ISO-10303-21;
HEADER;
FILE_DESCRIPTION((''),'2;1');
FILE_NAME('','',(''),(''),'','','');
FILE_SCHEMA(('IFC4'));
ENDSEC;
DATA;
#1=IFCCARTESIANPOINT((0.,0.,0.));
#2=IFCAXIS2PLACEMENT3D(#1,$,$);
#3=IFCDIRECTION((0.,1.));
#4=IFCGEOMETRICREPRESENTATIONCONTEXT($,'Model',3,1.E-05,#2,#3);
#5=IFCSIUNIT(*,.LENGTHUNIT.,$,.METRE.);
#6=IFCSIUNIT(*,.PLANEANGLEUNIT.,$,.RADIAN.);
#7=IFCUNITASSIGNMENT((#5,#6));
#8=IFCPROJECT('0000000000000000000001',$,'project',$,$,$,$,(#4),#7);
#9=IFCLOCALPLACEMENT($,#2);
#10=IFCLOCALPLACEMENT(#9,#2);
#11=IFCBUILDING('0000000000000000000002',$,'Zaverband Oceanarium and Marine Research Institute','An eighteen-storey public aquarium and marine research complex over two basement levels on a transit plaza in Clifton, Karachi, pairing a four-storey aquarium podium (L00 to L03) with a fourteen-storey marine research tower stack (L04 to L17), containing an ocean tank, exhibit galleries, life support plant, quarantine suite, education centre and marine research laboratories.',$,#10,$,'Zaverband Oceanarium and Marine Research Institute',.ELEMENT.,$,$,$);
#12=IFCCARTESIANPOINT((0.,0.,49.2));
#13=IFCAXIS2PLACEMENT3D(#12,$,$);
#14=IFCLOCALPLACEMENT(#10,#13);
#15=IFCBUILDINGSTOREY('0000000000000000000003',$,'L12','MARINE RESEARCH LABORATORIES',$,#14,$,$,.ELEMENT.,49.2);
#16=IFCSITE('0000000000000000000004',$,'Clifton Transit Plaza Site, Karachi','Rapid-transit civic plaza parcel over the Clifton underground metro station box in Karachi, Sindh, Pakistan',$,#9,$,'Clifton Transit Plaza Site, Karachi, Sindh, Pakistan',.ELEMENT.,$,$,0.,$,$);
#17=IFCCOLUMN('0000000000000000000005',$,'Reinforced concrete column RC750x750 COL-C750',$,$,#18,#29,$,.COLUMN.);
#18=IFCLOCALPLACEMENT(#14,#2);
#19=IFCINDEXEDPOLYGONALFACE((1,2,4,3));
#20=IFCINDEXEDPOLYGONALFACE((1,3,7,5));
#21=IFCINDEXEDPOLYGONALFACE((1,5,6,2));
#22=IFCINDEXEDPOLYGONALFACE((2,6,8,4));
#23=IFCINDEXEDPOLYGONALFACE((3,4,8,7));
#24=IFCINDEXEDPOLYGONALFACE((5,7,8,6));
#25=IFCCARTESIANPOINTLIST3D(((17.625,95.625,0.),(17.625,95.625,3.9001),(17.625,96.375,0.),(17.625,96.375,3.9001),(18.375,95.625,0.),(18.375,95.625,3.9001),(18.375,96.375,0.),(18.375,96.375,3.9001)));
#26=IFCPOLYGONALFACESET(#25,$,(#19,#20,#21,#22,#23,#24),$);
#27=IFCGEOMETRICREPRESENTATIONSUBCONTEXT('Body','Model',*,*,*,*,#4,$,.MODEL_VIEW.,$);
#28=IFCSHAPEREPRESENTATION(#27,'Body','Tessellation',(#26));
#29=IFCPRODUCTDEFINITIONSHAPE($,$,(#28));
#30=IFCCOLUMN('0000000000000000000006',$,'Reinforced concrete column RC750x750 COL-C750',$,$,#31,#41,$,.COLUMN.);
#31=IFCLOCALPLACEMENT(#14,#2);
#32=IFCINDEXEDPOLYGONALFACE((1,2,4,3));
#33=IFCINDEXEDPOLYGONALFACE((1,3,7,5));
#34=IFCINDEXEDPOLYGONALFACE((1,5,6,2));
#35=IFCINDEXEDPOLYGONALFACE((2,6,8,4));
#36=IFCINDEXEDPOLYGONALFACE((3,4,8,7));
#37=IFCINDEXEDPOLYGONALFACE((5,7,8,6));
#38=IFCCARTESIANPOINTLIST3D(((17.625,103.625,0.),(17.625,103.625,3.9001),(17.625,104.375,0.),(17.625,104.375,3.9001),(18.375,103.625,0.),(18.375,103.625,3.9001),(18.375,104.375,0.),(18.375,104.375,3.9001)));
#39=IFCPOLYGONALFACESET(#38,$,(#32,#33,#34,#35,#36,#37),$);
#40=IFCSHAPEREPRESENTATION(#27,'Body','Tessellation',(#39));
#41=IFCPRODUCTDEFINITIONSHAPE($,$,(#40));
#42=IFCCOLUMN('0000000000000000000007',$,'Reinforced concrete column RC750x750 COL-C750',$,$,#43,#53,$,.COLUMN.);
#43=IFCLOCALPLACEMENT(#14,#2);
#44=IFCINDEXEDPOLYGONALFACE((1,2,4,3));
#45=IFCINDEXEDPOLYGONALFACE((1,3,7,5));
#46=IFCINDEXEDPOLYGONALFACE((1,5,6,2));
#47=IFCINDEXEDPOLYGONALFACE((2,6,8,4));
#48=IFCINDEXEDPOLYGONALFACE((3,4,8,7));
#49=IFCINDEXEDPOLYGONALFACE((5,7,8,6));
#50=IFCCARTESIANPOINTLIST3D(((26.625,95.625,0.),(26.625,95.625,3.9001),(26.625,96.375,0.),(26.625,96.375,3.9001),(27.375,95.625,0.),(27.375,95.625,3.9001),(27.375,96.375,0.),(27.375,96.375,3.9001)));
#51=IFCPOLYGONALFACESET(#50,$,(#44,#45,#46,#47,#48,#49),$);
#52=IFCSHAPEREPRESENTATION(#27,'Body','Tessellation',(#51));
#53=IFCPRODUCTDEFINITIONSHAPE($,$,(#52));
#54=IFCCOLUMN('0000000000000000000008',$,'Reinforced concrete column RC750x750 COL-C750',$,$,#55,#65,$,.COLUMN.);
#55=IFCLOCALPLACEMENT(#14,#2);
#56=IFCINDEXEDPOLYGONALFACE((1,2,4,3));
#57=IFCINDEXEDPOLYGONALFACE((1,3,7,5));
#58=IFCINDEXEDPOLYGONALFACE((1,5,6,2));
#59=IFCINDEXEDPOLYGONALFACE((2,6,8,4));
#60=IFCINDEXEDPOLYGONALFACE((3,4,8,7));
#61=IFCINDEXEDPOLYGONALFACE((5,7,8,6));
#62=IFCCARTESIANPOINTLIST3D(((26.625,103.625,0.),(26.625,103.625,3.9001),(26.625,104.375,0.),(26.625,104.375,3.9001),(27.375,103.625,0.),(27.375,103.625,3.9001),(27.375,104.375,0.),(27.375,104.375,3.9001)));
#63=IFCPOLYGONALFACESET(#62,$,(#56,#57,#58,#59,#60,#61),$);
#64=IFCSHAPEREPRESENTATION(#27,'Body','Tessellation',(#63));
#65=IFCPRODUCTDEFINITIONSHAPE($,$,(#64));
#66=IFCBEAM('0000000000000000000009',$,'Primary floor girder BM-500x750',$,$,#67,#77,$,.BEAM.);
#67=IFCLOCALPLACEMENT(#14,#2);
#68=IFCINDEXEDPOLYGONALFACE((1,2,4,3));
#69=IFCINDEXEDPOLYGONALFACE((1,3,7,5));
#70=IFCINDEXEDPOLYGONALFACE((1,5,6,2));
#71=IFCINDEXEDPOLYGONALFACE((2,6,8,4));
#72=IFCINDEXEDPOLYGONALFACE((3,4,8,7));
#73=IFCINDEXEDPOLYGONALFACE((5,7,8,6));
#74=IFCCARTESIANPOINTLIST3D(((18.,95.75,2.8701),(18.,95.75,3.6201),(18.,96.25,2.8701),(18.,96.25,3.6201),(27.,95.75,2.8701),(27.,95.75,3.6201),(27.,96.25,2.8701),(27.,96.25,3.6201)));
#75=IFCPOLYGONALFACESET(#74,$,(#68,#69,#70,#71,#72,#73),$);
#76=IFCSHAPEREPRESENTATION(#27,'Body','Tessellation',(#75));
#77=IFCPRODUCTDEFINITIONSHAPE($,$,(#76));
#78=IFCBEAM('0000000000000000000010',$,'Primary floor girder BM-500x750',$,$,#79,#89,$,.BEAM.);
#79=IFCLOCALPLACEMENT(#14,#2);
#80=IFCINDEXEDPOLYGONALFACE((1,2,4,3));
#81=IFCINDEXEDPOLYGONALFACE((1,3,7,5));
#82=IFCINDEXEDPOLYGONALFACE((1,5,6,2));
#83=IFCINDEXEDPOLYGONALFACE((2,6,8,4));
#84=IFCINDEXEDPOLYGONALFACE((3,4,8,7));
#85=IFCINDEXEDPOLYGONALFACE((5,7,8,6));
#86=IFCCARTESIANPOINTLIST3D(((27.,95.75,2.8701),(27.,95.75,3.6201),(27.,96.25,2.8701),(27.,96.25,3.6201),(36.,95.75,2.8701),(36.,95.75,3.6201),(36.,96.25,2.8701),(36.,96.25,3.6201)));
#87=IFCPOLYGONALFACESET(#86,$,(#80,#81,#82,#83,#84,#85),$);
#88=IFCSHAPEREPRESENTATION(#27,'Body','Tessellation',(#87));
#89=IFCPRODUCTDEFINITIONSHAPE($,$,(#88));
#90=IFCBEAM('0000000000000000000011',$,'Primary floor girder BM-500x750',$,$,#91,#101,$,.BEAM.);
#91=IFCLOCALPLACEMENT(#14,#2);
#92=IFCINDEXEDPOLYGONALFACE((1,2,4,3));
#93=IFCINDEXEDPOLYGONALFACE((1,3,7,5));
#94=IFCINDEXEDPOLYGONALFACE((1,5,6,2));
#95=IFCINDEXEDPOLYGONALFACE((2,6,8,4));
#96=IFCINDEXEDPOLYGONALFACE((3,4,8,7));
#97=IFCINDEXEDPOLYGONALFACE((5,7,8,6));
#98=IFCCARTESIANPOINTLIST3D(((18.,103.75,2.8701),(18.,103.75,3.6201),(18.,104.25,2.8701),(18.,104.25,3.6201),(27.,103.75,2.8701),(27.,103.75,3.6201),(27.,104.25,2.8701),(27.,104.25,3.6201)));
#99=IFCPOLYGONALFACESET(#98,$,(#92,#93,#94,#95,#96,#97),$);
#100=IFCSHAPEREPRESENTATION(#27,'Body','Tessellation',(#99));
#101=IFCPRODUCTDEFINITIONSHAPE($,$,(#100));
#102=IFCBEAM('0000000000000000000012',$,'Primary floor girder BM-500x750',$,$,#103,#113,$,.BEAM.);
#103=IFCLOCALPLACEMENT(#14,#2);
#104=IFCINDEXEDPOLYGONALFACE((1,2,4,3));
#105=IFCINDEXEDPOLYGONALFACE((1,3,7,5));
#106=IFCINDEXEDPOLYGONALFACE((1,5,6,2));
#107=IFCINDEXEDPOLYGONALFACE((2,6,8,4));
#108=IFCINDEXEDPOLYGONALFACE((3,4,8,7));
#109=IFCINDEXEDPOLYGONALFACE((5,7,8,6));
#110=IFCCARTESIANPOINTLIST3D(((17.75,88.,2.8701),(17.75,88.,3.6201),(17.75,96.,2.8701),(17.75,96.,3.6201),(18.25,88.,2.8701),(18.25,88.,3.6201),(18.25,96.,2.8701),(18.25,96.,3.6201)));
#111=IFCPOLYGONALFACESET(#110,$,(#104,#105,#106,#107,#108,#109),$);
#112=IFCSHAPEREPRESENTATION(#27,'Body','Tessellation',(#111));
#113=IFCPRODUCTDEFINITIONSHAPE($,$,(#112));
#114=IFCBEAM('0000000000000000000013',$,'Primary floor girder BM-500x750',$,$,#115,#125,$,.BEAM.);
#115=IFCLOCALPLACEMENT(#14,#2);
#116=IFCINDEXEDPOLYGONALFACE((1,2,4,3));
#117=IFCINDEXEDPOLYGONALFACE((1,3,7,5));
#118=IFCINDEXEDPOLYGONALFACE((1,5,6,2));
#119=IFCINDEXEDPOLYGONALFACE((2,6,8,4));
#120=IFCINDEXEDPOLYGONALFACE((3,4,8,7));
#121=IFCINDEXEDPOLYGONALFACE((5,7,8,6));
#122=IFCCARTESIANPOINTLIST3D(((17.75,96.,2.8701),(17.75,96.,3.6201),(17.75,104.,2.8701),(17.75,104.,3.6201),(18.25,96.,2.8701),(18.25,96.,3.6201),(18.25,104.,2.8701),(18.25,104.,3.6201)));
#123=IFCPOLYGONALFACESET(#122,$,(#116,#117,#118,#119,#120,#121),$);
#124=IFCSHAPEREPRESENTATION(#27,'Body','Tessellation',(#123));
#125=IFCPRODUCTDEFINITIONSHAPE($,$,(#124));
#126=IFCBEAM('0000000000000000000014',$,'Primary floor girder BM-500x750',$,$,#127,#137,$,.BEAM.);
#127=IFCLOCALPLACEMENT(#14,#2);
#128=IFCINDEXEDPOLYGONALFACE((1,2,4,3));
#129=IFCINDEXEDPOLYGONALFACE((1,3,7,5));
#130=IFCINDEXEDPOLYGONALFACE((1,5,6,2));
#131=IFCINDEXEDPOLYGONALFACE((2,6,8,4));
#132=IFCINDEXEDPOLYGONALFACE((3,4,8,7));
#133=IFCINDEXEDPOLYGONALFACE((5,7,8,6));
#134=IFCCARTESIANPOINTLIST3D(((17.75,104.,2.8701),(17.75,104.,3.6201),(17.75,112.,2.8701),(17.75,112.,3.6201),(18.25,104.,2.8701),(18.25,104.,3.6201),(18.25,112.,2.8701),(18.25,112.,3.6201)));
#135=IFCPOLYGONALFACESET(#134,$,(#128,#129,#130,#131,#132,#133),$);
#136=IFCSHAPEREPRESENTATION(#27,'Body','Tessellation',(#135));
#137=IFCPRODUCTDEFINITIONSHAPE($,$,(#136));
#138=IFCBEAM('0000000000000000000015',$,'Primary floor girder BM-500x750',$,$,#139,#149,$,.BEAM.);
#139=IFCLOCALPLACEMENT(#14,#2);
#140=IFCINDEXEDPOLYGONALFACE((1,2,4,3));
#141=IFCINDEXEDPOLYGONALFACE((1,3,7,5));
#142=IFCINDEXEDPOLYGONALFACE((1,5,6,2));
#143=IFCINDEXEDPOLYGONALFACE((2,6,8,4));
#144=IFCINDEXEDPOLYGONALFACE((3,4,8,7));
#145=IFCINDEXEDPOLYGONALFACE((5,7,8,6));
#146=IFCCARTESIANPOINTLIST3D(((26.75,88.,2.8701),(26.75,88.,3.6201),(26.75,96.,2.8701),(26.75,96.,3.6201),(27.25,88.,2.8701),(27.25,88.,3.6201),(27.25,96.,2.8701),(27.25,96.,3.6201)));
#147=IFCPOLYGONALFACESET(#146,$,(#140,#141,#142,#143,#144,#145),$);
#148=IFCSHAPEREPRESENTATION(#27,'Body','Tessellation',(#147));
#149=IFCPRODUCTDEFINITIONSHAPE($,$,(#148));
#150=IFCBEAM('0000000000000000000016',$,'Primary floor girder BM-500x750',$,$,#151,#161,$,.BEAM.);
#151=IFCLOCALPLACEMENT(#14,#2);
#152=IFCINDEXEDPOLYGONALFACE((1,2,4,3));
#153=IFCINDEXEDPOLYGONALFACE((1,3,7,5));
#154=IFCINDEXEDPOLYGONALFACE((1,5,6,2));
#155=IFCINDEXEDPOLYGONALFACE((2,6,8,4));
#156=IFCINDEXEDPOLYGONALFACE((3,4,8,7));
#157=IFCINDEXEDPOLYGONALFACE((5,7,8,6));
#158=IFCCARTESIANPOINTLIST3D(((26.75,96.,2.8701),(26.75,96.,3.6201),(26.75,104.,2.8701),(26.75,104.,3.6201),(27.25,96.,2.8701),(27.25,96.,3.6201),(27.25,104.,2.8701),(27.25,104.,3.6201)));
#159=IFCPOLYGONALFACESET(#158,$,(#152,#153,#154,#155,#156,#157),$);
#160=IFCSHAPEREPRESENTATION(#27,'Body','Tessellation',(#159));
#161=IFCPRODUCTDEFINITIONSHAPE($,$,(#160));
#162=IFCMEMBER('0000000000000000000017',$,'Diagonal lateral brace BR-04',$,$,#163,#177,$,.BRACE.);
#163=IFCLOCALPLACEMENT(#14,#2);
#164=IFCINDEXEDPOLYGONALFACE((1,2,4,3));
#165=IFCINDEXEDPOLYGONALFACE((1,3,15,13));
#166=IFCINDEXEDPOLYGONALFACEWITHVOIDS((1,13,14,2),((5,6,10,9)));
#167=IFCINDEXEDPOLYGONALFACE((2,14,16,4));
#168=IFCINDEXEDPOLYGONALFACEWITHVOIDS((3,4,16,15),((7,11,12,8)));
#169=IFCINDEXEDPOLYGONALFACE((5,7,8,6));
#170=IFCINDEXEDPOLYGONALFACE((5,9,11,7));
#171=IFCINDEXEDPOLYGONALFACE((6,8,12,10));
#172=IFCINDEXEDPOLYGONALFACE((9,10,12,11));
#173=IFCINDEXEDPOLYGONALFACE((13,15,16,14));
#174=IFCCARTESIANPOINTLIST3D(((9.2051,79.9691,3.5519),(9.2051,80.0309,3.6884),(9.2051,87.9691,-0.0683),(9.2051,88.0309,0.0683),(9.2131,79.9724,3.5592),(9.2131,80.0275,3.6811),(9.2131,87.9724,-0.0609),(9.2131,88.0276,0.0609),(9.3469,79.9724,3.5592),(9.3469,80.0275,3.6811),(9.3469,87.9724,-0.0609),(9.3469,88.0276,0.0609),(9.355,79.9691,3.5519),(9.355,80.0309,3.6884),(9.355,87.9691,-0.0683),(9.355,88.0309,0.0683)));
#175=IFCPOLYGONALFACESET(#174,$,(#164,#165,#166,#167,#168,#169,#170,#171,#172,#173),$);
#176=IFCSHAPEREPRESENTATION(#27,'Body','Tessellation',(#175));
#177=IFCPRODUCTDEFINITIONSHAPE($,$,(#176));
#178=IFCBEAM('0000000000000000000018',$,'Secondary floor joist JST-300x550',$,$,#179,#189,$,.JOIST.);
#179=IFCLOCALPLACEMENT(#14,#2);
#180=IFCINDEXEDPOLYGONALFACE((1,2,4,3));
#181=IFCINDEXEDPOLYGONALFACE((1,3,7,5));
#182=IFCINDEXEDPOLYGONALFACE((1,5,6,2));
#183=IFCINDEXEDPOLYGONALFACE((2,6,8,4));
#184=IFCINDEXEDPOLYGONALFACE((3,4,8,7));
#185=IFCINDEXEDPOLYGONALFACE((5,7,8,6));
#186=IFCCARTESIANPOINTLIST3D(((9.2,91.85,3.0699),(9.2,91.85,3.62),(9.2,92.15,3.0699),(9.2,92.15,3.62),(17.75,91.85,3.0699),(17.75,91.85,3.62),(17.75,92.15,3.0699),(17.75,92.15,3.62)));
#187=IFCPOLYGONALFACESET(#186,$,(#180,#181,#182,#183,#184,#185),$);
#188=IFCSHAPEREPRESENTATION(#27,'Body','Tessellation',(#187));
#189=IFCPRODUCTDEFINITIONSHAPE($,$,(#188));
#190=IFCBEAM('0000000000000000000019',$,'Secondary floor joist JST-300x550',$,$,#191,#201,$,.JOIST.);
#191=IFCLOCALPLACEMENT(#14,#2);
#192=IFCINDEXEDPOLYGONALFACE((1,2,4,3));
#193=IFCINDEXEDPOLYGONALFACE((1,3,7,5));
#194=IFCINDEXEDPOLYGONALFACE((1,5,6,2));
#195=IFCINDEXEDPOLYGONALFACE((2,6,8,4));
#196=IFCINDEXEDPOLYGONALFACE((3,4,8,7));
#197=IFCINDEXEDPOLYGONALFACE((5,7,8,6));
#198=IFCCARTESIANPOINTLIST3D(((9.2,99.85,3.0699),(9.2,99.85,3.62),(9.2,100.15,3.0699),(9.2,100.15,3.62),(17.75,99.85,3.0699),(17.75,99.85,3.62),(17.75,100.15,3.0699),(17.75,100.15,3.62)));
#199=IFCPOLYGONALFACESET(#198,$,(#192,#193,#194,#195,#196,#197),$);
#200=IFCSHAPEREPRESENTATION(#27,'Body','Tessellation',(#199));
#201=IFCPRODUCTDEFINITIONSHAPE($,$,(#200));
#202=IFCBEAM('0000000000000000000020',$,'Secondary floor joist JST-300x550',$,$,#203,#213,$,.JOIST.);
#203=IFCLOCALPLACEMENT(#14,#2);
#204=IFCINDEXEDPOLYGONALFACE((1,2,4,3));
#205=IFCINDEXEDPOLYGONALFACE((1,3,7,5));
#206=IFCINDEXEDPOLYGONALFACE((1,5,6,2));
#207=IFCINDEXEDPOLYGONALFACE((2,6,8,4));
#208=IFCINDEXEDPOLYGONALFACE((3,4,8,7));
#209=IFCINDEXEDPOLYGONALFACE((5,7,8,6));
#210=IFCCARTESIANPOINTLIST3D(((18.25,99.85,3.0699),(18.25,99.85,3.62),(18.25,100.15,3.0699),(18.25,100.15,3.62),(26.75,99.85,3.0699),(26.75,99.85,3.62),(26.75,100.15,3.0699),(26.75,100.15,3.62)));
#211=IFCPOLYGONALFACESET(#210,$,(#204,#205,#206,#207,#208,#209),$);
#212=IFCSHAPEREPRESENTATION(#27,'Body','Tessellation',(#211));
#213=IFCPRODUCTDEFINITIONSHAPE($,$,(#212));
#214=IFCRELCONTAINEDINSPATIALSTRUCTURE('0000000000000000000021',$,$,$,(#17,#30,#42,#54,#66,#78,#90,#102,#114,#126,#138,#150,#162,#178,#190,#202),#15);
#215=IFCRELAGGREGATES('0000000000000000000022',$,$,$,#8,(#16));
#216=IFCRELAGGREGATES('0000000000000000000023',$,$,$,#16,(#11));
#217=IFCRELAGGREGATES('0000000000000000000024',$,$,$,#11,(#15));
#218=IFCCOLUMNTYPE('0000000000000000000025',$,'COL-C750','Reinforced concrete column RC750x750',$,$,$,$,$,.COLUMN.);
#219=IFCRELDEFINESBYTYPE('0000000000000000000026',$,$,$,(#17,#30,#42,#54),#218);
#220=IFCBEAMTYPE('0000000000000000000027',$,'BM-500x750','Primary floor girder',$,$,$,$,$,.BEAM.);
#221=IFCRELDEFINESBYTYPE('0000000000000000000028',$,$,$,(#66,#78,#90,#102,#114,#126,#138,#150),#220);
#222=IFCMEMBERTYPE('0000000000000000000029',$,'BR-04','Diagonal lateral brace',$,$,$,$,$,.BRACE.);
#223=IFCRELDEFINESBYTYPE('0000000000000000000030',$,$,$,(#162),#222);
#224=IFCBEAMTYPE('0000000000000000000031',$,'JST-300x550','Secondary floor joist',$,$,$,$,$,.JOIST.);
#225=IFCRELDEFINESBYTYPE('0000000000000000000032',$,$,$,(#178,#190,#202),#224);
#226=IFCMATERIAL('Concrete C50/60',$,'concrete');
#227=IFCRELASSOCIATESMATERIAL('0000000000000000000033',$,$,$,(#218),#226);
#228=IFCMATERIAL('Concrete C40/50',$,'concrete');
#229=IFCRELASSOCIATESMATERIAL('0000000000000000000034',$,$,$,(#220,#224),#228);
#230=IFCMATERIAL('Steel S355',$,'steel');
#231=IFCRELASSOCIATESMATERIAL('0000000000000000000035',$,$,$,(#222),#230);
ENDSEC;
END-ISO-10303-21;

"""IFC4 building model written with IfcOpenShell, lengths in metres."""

from ifc_helpers import new_model, si_unit, direction, frame, origin, origin_2d, place, context, subcontext, project, spatial, rectangle, hollow_rectangle, extrude, material, material_profile, profile_set, type_object, element, save


model = new_model("IFC4")

# Units and contexts
model_context = context("Model", 3, precision=1e-05, world=origin(), true_north=direction((0.0, 1.0)))
body_context = subcontext(model_context, "Body", "Model", "MODEL_VIEW")
ifc_project = project(units=[si_unit("LENGTHUNIT", "METRE"), si_unit("PLANEANGLEUNIT", "RADIAN")], contexts=[model_context])

# Site, building, storey
site_placement = place(None, origin())
site = spatial("IfcSite", under=ifc_project, at=site_placement, Name="Clifton Transit Plaza Site, Karachi", Description="Rapid-transit civic plaza parcel over the Clifton underground metro station box in Karachi, Sindh, Pakistan", LongName="Clifton Transit Plaza Site, Karachi, Sindh, Pakistan", CompositionType="ELEMENT", RefElevation=0.0)
building_placement = place(site_placement, origin())
building = spatial("IfcBuilding", under=site, at=building_placement, Name="Zaverband Oceanarium and Marine Research Institute", Description="An eighteen-storey public aquarium and marine research complex over two basement levels on a transit plaza in Clifton, Karachi, pairing a four-storey aquarium podium (L00 to L03) with a fourteen-storey marine research tower stack (L04 to L17), containing an ocean tank, exhibit galleries, life support plant, quarantine suite, education centre and marine research laboratories.", LongName="Zaverband Oceanarium and Marine Research Institute", CompositionType="ELEMENT")
storey_placement = place(building_placement, frame((0.0, 0.0, 49.2)))
storey = spatial("IfcBuildingStorey", under=building, at=storey_placement, Name="L12", Description="MARINE RESEARCH LABORATORIES", CompositionType="ELEMENT", Elevation=49.2)

# Columns
ifc_material_1 = material(Name="Concrete C50/60", Category="concrete")
ifc_material_profile_1 = material_profile(ifc_material_1, rectangle(XDim=0.75, YDim=0.75, at=origin_2d()), Name="RC750x750")
ifc_profile_set_1 = profile_set([ifc_material_profile_1], Name="Concrete C50/60")
column_type = type_object("IfcColumnType", Name="COL-C750", Description="Reinforced concrete column RC750x750", PredefinedType="COLUMN", material=ifc_profile_set_1)
for number, where, z_axis, x_axis, name in (
    (1, (18.0, 96.0, 0.0), (0.0, 0.0, 1.0), (1.0, 0.0, 0.0), "Reinforced concrete column RC750x750 COL-C750"),
    (2, (18.0, 104.0, 0.0), (0.0, 0.0, 1.0), (1.0, 0.0, 0.0), "Reinforced concrete column RC750x750 COL-C750"),
    (3, (27.0, 96.0, 0.0), (0.0, 0.0, 1.0), (1.0, 0.0, 0.0), "Reinforced concrete column RC750x750 COL-C750"),
    (4, (27.0, 104.0, 0.0), (0.0, 0.0, 1.0), (1.0, 0.0, 0.0), "Reinforced concrete column RC750x750 COL-C750"),
):
    element("IfcColumn", number, at=place(storey_placement, frame(where, z_axis=z_axis, x_axis=x_axis)), inside=storey, type_object=column_type, Name=name, PredefinedType="COLUMN", context=body_context, shape_type="SweptSolid", body=[
        extrude(rectangle(XDim=0.75, YDim=0.75, at=origin_2d()), origin(), (0.0, 0.0, 1.0), 3.9001),
    ])

# Beams
ifc_material_2 = material(Name="Concrete C40/50", Category="concrete")
ifc_material_profile_2 = material_profile(ifc_material_2, rectangle(XDim=0.5, YDim=0.75, at=origin_2d()), Name="RC500x750")
ifc_profile_set_2 = profile_set([ifc_material_profile_2], Name="Concrete C40/50")
beam_type_1 = type_object("IfcBeamType", Name="BM-500x750", Description="Primary floor girder", PredefinedType="BEAM", material=ifc_profile_set_2)
for number, where, z_axis, x_axis, name in (
    (5, (18.0, 96.0, 3.2451), (1.0, 0.0, 0.0), (0.0, 1.0, 0.0), "Primary floor girder BM-500x750"),
    (6, (27.0, 96.0, 3.2451), (1.0, 0.0, 0.0), (0.0, 1.0, 0.0), "Primary floor girder BM-500x750"),
    (7, (18.0, 104.0, 3.2451), (1.0, 0.0, 0.0), (0.0, 1.0, 0.0), "Primary floor girder BM-500x750"),
):
    element("IfcBeam", number, at=place(storey_placement, frame(where, z_axis=z_axis, x_axis=x_axis)), inside=storey, type_object=beam_type_1, Name=name, PredefinedType="BEAM", context=body_context, shape_type="SweptSolid", body=[
        extrude(rectangle(XDim=0.5, YDim=0.75, at=origin_2d()), origin(), (0.0, 0.0, 1.0), 9.0),
    ])
for number, where, z_axis, x_axis, name in (
    (8, (18.0, 88.0, 3.2451), (0.0, 1.0, 0.0), (-1.0, 0.0, 0.0), "Primary floor girder BM-500x750"),
    (9, (18.0, 96.0, 3.2451), (0.0, 1.0, 0.0), (-1.0, 0.0, 0.0), "Primary floor girder BM-500x750"),
    (10, (18.0, 104.0, 3.2451), (0.0, 1.0, 0.0), (-1.0, 0.0, 0.0), "Primary floor girder BM-500x750"),
    (11, (27.0, 88.0, 3.2451), (0.0, 1.0, 0.0), (-1.0, 0.0, 0.0), "Primary floor girder BM-500x750"),
    (12, (27.0, 96.0, 3.2451), (0.0, 1.0, 0.0), (-1.0, 0.0, 0.0), "Primary floor girder BM-500x750"),
):
    element("IfcBeam", number, at=place(storey_placement, frame(where, z_axis=z_axis, x_axis=x_axis)), inside=storey, type_object=beam_type_1, Name=name, PredefinedType="BEAM", context=body_context, shape_type="SweptSolid", body=[
        extrude(rectangle(XDim=0.5, YDim=0.75, at=origin_2d()), origin(), (0.0, 0.0, 1.0), 8.0),
    ])

# Member
ifc_material_3 = material(Name="Steel S355", Category="steel")
ifc_material_profile_3 = material_profile(ifc_material_3, hollow_rectangle(XDim=0.1499, YDim=0.1499, WallThickness=0.0081, at=origin_2d()), Name="SHS150x150x8")
ifc_profile_set_3 = profile_set([ifc_material_profile_3], Name="Steel S355")
member_type = type_object("IfcMemberType", Name="BR-04", Description="Diagonal lateral brace", PredefinedType="BRACE", material=ifc_profile_set_3)
member_placement = place(storey_placement, frame((9.28, 88.0, 0.0), z_axis=(0.0, -0.911062, 0.412269), x_axis=(1.0, 0.0, 0.0)))
element("IfcMember", 13, at=member_placement, inside=storey, type_object=member_type, Name="Diagonal lateral brace BR-04", PredefinedType="BRACE", context=body_context, shape_type="SweptSolid", body=[
    extrude(hollow_rectangle(XDim=0.1499, YDim=0.1499, WallThickness=0.0081, at=origin_2d()), origin(), (0.0, 0.0, 1.0), 8.781),
])

# Beams
ifc_material_profile_4 = material_profile(ifc_material_2, rectangle(XDim=0.3, YDim=0.55, at=origin_2d()), Name="RC300x550")
ifc_profile_set_4 = profile_set([ifc_material_profile_4], Name="Concrete C40/50")
beam_type_2 = type_object("IfcBeamType", Name="JST-300x550", Description="Secondary floor joist", PredefinedType="JOIST", material=ifc_profile_set_4)
for number, where, z_axis, x_axis, name in (
    (14, (9.2, 92.0, 3.345), (1.0, 0.0, 0.0), (0.0, 1.0, 0.0), "Secondary floor joist JST-300x550"),
    (15, (9.2, 100.0, 3.345), (1.0, 0.0, 0.0), (0.0, 1.0, 0.0), "Secondary floor joist JST-300x550"),
):
    element("IfcBeam", number, at=place(storey_placement, frame(where, z_axis=z_axis, x_axis=x_axis)), inside=storey, type_object=beam_type_2, Name=name, PredefinedType="JOIST", context=body_context, shape_type="SweptSolid", body=[
        extrude(rectangle(XDim=0.3, YDim=0.55, at=origin_2d()), origin(), (0.0, 0.0, 1.0), 8.55),
    ])
beam_1_placement = place(storey_placement, frame((18.25, 100.0, 3.345), z_axis=(1.0, 0.0, 0.0), x_axis=(0.0, 1.0, 0.0)))
element("IfcBeam", 16, at=beam_1_placement, inside=storey, type_object=beam_type_2, Name="Secondary floor joist JST-300x550", PredefinedType="JOIST", context=body_context, shape_type="SweptSolid", body=[
    extrude(rectangle(XDim=0.3, YDim=0.55, at=origin_2d()), origin(), (0.0, 0.0, 1.0), 8.5),
])

save(model, "model.ifc")
